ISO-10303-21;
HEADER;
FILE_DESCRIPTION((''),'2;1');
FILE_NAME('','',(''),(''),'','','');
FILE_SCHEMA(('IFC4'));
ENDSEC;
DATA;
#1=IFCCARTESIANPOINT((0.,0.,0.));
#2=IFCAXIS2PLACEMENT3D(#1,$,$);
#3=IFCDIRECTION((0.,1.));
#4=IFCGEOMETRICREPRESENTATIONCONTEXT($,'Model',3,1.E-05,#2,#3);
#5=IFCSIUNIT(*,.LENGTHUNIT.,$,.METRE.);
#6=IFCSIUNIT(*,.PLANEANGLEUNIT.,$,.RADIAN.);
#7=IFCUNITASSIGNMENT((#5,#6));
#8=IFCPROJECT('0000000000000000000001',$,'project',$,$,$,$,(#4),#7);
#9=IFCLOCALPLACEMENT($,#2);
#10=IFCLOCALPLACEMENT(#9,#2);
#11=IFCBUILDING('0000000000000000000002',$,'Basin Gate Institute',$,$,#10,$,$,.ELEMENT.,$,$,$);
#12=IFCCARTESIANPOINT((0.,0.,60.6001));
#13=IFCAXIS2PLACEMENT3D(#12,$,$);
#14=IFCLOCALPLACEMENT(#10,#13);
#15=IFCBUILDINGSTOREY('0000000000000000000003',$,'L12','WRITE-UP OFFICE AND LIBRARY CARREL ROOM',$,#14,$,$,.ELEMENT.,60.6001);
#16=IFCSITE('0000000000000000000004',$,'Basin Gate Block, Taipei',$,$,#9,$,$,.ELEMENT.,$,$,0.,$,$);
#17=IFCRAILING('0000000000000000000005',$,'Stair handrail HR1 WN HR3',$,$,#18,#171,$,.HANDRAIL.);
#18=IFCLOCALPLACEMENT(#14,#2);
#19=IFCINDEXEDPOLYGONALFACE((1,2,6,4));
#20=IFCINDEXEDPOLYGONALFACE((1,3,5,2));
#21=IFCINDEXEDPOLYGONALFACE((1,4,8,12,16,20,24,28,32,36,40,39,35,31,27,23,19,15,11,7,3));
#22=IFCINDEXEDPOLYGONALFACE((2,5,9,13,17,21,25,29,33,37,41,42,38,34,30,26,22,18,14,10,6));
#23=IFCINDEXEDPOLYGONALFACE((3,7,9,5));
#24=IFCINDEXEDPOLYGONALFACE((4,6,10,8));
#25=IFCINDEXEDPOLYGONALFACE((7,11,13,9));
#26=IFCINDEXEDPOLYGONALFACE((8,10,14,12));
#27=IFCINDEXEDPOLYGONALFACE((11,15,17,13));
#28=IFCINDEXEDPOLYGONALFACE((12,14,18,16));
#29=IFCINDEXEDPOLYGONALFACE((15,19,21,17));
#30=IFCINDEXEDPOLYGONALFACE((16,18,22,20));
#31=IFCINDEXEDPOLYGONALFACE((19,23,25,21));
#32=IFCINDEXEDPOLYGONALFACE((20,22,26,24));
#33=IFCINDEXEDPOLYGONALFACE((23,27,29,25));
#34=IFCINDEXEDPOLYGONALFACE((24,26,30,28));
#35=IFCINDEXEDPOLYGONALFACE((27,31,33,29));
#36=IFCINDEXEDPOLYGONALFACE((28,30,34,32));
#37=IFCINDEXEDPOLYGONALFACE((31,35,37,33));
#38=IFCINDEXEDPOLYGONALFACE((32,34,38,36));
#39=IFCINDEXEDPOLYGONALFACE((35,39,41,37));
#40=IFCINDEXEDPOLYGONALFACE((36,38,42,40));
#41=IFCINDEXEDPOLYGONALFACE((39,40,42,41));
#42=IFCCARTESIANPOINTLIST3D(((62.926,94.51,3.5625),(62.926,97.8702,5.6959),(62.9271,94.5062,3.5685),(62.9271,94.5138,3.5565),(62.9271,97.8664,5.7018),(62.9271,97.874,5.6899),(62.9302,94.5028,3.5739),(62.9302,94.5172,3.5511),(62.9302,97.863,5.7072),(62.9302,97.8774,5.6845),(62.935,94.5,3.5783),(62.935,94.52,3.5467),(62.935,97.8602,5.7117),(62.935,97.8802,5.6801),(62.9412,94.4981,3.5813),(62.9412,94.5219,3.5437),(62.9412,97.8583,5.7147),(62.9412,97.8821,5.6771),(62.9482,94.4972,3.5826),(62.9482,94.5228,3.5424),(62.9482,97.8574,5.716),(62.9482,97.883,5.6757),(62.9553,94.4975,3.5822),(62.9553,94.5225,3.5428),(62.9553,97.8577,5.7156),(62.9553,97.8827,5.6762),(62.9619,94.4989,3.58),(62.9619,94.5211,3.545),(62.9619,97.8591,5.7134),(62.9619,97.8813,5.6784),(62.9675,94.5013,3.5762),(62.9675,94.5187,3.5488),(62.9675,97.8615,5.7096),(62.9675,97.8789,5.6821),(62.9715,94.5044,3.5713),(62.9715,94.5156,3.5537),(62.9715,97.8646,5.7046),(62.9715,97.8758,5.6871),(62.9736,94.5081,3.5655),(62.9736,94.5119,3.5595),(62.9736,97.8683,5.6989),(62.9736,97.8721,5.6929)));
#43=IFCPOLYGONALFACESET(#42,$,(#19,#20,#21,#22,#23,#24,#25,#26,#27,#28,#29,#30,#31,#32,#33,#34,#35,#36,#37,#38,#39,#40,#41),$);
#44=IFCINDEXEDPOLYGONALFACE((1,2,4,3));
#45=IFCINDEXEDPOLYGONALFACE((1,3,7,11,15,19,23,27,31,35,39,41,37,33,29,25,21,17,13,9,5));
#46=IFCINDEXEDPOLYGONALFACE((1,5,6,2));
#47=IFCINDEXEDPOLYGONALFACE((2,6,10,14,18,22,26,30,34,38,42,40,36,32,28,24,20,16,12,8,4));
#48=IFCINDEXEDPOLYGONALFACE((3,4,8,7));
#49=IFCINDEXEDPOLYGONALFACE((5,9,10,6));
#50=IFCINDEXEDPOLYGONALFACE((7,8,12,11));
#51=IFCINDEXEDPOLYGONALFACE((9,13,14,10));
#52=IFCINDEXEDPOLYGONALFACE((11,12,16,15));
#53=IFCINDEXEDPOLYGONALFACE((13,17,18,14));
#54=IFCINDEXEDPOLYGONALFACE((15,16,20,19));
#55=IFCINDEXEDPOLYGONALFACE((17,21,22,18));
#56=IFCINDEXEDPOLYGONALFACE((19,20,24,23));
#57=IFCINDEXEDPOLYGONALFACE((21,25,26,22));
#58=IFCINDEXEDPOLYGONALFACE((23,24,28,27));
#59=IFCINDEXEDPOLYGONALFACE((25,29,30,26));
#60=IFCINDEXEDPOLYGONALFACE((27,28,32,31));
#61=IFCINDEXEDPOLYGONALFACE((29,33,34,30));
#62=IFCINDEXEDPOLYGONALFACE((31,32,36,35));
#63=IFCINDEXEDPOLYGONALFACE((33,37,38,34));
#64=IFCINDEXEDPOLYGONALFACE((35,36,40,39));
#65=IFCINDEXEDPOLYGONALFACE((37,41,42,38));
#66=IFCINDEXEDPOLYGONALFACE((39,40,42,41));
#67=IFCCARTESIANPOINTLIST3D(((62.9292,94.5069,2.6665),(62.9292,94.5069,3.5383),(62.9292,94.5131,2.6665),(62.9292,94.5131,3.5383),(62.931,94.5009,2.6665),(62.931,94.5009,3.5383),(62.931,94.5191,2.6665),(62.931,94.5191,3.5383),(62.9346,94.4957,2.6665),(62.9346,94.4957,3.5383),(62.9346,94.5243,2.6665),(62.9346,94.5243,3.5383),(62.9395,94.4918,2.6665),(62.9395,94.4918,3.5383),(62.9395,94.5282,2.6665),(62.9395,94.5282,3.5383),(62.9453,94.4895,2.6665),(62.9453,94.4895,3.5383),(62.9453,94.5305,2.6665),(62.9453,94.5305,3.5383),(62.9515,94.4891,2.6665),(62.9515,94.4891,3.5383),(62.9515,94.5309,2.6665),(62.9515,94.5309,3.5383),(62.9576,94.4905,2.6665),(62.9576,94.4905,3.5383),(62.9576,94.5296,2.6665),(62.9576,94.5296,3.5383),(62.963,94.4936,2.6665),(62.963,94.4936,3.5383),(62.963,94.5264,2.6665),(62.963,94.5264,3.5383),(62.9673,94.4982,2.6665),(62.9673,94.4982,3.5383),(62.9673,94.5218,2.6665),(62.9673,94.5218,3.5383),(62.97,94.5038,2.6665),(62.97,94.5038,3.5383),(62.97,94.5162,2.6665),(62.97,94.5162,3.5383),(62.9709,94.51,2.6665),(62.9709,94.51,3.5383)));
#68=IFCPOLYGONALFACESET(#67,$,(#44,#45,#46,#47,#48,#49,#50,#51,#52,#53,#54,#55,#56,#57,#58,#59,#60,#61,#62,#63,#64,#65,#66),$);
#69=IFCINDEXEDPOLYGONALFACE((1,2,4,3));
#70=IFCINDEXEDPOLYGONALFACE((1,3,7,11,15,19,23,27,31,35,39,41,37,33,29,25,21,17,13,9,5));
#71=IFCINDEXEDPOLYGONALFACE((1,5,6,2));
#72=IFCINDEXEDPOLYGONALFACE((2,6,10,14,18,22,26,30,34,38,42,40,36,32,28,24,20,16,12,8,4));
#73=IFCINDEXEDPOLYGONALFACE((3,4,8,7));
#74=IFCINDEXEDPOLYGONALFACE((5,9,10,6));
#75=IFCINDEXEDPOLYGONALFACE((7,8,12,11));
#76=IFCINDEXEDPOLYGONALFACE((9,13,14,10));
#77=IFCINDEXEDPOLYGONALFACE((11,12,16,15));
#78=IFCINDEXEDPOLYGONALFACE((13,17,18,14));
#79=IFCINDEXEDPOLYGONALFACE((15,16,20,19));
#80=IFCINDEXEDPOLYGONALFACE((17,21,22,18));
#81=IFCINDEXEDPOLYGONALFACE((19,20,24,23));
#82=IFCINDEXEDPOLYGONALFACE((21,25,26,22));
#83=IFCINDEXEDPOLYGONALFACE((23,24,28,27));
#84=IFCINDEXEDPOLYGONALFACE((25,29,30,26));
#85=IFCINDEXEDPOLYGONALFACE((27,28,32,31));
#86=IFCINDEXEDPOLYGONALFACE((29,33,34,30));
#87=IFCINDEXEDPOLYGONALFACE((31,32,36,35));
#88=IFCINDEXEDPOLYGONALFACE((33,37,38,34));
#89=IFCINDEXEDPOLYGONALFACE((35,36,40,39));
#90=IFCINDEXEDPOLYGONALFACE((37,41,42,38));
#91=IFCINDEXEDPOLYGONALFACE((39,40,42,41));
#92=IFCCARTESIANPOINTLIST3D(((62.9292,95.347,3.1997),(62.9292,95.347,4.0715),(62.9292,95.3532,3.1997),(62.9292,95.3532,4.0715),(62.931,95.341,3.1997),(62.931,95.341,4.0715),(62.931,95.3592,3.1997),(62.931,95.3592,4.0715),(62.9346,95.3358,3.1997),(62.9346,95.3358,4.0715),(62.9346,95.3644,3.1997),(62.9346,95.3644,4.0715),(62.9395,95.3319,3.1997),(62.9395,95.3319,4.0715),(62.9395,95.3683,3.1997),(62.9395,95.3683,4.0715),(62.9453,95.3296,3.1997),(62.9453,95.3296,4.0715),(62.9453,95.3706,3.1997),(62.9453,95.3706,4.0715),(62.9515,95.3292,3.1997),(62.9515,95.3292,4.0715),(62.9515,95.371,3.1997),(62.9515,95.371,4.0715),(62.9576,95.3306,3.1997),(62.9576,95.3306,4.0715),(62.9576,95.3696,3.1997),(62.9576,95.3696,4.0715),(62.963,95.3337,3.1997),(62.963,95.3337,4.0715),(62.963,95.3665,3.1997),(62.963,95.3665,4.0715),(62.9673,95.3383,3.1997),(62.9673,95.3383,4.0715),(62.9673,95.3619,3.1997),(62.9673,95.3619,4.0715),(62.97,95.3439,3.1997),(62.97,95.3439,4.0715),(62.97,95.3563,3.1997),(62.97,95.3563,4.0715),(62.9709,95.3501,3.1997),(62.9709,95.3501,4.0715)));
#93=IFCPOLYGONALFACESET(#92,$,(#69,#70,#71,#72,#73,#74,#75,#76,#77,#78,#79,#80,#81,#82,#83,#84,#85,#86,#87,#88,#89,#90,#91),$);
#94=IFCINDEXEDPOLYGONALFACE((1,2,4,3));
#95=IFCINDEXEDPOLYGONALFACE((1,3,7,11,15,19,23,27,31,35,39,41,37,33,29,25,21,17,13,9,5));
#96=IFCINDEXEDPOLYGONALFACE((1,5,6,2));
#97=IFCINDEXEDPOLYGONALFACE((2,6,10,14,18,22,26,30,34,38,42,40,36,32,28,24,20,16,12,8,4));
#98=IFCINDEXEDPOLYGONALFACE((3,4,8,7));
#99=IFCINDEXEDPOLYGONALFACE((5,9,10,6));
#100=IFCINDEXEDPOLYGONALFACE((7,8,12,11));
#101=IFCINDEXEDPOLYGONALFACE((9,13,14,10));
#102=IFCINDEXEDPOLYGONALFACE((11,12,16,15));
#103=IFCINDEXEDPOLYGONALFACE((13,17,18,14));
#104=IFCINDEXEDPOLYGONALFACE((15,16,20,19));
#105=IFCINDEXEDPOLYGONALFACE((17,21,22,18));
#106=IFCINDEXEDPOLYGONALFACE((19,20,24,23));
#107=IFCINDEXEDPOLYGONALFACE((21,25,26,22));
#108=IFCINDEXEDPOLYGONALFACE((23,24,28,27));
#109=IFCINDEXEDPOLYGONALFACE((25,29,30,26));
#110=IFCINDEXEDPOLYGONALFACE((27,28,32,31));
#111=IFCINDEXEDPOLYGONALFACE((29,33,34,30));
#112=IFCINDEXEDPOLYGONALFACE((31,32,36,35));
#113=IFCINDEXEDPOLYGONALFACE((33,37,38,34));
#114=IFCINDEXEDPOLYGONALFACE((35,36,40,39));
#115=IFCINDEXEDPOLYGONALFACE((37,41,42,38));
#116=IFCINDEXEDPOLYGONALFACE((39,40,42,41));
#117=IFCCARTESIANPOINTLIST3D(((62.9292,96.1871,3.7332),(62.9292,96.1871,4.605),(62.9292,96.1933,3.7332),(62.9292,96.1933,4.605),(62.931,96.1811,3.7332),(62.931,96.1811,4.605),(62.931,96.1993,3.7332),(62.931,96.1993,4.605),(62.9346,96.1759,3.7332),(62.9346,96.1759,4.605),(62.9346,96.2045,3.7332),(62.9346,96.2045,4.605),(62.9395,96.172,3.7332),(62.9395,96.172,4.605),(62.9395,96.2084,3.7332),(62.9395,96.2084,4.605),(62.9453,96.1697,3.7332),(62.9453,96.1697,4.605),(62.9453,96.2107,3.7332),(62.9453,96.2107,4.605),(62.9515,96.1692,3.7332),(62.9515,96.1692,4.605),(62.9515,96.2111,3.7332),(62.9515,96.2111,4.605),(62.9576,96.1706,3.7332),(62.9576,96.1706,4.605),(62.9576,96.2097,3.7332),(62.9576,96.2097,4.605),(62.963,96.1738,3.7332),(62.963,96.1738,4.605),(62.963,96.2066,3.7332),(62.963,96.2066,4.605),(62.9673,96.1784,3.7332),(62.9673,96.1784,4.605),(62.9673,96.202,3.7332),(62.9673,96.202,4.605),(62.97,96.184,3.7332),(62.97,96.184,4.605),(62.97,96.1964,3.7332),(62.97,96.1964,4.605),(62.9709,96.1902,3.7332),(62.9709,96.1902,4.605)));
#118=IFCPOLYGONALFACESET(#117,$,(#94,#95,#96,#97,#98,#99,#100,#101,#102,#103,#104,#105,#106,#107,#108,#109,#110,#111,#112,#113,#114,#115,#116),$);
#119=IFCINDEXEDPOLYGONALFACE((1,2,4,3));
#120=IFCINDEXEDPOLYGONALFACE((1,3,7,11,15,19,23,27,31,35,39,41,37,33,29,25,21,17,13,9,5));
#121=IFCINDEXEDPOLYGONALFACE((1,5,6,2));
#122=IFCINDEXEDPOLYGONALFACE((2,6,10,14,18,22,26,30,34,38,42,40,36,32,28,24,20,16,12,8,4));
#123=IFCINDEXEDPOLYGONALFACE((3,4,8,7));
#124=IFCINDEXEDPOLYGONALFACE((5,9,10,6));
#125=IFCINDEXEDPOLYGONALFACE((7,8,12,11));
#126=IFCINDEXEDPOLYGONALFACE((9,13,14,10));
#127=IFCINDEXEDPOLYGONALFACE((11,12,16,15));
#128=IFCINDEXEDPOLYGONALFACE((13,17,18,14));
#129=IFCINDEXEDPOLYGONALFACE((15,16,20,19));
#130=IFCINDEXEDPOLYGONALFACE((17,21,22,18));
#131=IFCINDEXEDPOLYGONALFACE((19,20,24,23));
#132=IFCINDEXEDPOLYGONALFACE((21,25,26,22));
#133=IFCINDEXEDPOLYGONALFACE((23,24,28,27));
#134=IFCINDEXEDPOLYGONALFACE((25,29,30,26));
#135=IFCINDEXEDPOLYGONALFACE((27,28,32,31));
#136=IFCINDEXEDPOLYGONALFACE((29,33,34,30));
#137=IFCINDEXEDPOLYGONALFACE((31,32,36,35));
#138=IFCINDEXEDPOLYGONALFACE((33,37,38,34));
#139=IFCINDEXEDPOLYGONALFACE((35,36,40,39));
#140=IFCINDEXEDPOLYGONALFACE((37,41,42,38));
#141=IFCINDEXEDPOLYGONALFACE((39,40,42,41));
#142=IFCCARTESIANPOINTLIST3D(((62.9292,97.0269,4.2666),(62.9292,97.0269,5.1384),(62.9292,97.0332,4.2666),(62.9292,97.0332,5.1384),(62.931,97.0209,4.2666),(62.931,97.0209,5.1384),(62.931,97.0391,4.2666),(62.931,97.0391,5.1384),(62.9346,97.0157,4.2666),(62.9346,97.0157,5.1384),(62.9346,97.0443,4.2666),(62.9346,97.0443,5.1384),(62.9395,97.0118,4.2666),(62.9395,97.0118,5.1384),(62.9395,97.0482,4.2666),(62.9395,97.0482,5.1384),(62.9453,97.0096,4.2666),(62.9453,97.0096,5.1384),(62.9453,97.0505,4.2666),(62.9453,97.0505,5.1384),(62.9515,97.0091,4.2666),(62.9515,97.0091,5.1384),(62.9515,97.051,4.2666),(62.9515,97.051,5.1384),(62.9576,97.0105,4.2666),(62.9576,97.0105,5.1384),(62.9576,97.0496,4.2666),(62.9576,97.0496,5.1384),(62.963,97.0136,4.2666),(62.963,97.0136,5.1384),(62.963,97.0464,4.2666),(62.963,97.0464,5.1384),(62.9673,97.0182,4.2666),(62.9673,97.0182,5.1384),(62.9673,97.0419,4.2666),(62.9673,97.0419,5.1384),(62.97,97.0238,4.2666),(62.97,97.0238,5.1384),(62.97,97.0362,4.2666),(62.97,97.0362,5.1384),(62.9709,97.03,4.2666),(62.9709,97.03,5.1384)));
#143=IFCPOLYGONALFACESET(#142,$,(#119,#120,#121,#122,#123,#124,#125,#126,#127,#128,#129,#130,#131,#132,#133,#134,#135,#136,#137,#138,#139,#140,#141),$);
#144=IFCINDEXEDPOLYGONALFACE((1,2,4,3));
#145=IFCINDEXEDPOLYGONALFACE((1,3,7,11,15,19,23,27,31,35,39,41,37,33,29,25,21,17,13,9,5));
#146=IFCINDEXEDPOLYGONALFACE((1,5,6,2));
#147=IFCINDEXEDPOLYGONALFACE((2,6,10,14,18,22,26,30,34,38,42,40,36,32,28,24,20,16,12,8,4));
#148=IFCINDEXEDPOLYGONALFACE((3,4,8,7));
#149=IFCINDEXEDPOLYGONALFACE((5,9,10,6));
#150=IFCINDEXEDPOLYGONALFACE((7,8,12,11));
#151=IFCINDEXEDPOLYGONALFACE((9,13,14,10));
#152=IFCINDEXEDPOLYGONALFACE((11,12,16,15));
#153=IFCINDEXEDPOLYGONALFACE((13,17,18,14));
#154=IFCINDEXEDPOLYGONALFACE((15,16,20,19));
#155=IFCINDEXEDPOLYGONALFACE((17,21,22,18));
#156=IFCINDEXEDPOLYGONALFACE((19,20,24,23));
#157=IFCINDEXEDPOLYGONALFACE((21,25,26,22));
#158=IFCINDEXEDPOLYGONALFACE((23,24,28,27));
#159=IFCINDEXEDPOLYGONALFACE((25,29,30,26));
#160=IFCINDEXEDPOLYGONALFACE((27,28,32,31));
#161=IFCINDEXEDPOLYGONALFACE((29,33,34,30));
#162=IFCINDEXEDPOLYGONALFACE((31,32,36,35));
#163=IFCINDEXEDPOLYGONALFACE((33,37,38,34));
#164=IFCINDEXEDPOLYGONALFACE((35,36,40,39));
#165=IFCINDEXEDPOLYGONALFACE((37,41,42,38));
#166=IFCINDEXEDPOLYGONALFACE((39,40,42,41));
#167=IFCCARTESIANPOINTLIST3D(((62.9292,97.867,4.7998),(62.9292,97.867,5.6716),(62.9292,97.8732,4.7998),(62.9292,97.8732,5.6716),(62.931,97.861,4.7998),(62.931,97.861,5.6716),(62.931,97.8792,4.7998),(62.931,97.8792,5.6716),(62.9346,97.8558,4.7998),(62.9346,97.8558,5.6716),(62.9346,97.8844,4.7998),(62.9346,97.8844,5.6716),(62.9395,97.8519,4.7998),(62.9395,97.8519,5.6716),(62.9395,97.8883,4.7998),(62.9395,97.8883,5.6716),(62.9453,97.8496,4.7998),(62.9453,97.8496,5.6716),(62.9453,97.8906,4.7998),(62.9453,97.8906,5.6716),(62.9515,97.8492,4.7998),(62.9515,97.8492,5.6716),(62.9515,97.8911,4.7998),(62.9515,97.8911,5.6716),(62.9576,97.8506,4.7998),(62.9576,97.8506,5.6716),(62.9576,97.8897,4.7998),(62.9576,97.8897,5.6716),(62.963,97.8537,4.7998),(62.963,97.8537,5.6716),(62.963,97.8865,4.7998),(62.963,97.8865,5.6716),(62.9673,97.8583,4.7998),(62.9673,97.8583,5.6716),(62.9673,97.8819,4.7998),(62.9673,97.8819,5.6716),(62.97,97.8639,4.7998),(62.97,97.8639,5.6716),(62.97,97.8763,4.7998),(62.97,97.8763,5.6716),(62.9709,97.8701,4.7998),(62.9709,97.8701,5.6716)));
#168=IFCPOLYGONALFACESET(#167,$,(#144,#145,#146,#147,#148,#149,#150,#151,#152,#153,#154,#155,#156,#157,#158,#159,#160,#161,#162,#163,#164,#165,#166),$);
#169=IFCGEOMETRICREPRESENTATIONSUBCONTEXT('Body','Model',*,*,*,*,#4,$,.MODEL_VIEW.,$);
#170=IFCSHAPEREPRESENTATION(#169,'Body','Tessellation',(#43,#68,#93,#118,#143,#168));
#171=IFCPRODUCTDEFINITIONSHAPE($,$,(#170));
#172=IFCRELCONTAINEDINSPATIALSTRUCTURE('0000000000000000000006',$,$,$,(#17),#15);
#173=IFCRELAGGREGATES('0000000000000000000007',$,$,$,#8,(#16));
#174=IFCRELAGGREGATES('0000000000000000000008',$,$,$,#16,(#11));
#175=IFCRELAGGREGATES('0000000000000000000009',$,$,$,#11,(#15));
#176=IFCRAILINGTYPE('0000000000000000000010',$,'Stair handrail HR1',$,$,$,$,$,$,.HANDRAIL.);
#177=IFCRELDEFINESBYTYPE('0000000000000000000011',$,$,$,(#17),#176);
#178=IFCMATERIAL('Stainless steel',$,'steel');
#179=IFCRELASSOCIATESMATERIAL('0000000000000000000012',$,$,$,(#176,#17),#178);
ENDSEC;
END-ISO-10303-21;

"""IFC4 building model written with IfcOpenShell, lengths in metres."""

from ifc_helpers import new_model, si_unit, direction, frame, origin, origin_2d, place, context, subcontext, project, spatial, circle, extrude, material, type_object, element, save


model = new_model("IFC4")

# Units and contexts
model_context = context("Model", 3, precision=1e-05, world=origin(), true_north=direction((0.0, 1.0)))
body_context = subcontext(model_context, "Body", "Model", "MODEL_VIEW")
ifc_project = project(units=[si_unit("LENGTHUNIT", "METRE"), si_unit("PLANEANGLEUNIT", "RADIAN")], contexts=[model_context])

# Site, building, storey
site_placement = place(None, origin())
site = spatial("IfcSite", under=ifc_project, at=site_placement, Name="Basin Gate Block, Taipei", CompositionType="ELEMENT", RefElevation=0.0)
building_placement = place(site_placement, origin())
building = spatial("IfcBuilding", under=site, at=building_placement, Name="Basin Gate Institute", CompositionType="ELEMENT")
storey_placement = place(building_placement, frame((0.0, 0.0, 60.6001)))
storey = spatial("IfcBuildingStorey", under=building, at=storey_placement, Name="L12", Description="WRITE-UP OFFICE AND LIBRARY CARREL ROOM", CompositionType="ELEMENT", Elevation=60.6001)

# Railing
ifc_material_1 = material(Name="Stainless steel", Category="steel")
railing_type_1 = type_object("IfcRailingType", Name="Stair handrail HR1", PredefinedType="HANDRAIL", material=ifc_material_1)
railing_1_placement = place(storey_placement, frame((62.95, 94.51, 2.6665)))
element("IfcRailing", 1, at=railing_1_placement, inside=storey, type_object=railing_type_1, material=ifc_material_1, Name="Stair handrail HR1 WN HR3", PredefinedType="HANDRAIL", context=body_context, shape_type="SweptSolid", body=[
    extrude(circle(Radius=0.0239, at=origin_2d()), frame((0.0, 0.0, 0.896), z_axis=(0.0, 0.844224, 0.53599), x_axis=(-1.0, 0.0, 0.0)), (0.0, 0.0, 1.0), 3.9802),
    extrude(circle(Radius=0.021, at=origin_2d()), origin(), (0.0, 0.0, 1.0), 0.8718),
    extrude(circle(Radius=0.021, at=origin_2d()), frame((0.0, 0.8401, 0.5332)), (0.0, 0.0, 1.0), 0.8718),
    extrude(circle(Radius=0.021, at=origin_2d()), frame((0.0, 1.6802, 1.0667)), (0.0, 0.0, 1.0), 0.8718),
    extrude(circle(Radius=0.021, at=origin_2d()), frame((0.0, 2.52, 1.6001)), (0.0, 0.0, 1.0), 0.8718),
    extrude(circle(Radius=0.021, at=origin_2d()), frame((0.0, 3.3601, 2.1333)), (0.0, 0.0, 1.0), 0.8718),
])

save(model, "model.ifc")
